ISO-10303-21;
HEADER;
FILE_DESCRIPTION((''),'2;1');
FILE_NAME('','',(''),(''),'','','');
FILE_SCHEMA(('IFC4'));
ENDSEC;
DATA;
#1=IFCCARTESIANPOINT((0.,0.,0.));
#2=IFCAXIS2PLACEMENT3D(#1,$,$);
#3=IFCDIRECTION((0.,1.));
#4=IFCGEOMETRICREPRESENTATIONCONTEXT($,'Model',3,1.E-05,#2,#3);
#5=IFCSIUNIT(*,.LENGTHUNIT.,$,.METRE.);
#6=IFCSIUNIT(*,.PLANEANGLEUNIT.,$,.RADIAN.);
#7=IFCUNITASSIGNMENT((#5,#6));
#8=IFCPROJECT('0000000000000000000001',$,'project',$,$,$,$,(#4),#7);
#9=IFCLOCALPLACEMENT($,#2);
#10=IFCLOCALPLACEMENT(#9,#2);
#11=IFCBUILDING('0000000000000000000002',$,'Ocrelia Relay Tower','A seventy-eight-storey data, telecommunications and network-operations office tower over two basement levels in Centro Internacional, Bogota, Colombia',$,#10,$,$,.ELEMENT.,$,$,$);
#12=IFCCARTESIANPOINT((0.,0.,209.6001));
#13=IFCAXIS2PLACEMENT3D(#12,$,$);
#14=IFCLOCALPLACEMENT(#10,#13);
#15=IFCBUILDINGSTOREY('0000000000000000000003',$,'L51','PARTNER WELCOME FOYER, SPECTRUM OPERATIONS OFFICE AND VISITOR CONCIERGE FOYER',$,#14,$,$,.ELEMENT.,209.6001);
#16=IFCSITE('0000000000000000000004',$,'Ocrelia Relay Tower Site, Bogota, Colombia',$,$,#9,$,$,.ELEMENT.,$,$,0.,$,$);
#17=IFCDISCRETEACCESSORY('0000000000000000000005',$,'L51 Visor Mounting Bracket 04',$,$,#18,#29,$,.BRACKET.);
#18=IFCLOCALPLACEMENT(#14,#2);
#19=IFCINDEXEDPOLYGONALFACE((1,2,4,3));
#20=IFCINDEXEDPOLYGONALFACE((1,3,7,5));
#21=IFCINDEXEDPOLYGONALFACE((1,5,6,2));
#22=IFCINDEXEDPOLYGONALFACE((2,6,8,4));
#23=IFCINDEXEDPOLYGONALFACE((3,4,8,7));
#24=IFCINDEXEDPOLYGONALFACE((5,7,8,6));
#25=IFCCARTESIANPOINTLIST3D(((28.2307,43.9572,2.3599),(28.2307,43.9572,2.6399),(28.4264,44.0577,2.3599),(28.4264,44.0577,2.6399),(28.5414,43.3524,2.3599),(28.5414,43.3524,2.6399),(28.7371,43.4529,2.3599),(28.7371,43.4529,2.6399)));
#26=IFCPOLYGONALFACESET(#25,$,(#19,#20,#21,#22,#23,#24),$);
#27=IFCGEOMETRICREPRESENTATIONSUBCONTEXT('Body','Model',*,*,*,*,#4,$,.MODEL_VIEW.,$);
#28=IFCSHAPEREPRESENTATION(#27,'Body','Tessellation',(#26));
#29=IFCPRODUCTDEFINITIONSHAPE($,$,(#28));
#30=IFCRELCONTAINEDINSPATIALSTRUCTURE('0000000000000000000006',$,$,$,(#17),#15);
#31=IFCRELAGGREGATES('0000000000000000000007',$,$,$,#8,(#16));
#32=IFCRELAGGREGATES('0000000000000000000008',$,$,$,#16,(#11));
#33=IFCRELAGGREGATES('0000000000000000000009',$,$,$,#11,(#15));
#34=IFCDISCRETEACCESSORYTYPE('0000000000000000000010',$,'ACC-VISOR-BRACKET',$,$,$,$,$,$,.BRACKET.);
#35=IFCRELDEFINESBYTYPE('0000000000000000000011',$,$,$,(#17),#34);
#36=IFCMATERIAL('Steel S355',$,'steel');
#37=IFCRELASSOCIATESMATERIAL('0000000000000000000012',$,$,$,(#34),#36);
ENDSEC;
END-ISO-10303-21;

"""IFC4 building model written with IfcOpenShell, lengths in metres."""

from ifc_helpers import new_model, si_unit, direction, frame, origin, origin_2d, place, context, subcontext, project, spatial, rectangle, extrude, material, type_object, element, save


model = new_model("IFC4")

# Units and contexts
model_context = context("Model", 3, precision=1e-05, world=origin(), true_north=direction((0.0, 1.0)))
body_context = subcontext(model_context, "Body", "Model", "MODEL_VIEW")
ifc_project = project(units=[si_unit("LENGTHUNIT", "METRE"), si_unit("PLANEANGLEUNIT", "RADIAN")], contexts=[model_context])

# Site, building, storey
site_placement = place(None, origin())
site = spatial("IfcSite", under=ifc_project, at=site_placement, Name="Ocrelia Relay Tower Site, Bogota, Colombia", CompositionType="ELEMENT", RefElevation=0.0)
building_placement = place(site_placement, origin())
building = spatial("IfcBuilding", under=site, at=building_placement, Name="Ocrelia Relay Tower", Description="A seventy-eight-storey data, telecommunications and network-operations office tower over two basement levels in Centro Internacional, Bogota, Colombia", CompositionType="ELEMENT")
storey_placement = place(building_placement, frame((0.0, 0.0, 209.6001)))
storey = spatial("IfcBuildingStorey", under=building, at=storey_placement, Name="L51", Description="PARTNER WELCOME FOYER, SPECTRUM OPERATIONS OFFICE AND VISITOR CONCIERGE FOYER", CompositionType="ELEMENT", Elevation=209.6001)

# Shared definitions
ifc_material_1 = material(Name="Steel S355", Category="steel")

# Discrete accessory
discrete_accessory_type = type_object("IfcDiscreteAccessoryType", Name="ACC-VISOR-BRACKET", PredefinedType="BRACKET", material=ifc_material_1)
discrete_accessory_placement = place(storey_placement, frame((28.4839, 43.7051, 2.3599), z_axis=(0.0, 0.0, 1.0), x_axis=(-0.889484, -0.456966, 0.0)))
element("IfcDiscreteAccessory", 1, at=discrete_accessory_placement, inside=storey, type_object=discrete_accessory_type, Name="L51 Visor Mounting Bracket 04", PredefinedType="BRACKET", context=body_context, shape_type="SweptSolid", body=[
    extrude(rectangle(XDim=0.22, YDim=0.6799, at=origin_2d()), origin(), (0.0, 0.0, 1.0), 0.28),
])

save(model, "model.ifc")
